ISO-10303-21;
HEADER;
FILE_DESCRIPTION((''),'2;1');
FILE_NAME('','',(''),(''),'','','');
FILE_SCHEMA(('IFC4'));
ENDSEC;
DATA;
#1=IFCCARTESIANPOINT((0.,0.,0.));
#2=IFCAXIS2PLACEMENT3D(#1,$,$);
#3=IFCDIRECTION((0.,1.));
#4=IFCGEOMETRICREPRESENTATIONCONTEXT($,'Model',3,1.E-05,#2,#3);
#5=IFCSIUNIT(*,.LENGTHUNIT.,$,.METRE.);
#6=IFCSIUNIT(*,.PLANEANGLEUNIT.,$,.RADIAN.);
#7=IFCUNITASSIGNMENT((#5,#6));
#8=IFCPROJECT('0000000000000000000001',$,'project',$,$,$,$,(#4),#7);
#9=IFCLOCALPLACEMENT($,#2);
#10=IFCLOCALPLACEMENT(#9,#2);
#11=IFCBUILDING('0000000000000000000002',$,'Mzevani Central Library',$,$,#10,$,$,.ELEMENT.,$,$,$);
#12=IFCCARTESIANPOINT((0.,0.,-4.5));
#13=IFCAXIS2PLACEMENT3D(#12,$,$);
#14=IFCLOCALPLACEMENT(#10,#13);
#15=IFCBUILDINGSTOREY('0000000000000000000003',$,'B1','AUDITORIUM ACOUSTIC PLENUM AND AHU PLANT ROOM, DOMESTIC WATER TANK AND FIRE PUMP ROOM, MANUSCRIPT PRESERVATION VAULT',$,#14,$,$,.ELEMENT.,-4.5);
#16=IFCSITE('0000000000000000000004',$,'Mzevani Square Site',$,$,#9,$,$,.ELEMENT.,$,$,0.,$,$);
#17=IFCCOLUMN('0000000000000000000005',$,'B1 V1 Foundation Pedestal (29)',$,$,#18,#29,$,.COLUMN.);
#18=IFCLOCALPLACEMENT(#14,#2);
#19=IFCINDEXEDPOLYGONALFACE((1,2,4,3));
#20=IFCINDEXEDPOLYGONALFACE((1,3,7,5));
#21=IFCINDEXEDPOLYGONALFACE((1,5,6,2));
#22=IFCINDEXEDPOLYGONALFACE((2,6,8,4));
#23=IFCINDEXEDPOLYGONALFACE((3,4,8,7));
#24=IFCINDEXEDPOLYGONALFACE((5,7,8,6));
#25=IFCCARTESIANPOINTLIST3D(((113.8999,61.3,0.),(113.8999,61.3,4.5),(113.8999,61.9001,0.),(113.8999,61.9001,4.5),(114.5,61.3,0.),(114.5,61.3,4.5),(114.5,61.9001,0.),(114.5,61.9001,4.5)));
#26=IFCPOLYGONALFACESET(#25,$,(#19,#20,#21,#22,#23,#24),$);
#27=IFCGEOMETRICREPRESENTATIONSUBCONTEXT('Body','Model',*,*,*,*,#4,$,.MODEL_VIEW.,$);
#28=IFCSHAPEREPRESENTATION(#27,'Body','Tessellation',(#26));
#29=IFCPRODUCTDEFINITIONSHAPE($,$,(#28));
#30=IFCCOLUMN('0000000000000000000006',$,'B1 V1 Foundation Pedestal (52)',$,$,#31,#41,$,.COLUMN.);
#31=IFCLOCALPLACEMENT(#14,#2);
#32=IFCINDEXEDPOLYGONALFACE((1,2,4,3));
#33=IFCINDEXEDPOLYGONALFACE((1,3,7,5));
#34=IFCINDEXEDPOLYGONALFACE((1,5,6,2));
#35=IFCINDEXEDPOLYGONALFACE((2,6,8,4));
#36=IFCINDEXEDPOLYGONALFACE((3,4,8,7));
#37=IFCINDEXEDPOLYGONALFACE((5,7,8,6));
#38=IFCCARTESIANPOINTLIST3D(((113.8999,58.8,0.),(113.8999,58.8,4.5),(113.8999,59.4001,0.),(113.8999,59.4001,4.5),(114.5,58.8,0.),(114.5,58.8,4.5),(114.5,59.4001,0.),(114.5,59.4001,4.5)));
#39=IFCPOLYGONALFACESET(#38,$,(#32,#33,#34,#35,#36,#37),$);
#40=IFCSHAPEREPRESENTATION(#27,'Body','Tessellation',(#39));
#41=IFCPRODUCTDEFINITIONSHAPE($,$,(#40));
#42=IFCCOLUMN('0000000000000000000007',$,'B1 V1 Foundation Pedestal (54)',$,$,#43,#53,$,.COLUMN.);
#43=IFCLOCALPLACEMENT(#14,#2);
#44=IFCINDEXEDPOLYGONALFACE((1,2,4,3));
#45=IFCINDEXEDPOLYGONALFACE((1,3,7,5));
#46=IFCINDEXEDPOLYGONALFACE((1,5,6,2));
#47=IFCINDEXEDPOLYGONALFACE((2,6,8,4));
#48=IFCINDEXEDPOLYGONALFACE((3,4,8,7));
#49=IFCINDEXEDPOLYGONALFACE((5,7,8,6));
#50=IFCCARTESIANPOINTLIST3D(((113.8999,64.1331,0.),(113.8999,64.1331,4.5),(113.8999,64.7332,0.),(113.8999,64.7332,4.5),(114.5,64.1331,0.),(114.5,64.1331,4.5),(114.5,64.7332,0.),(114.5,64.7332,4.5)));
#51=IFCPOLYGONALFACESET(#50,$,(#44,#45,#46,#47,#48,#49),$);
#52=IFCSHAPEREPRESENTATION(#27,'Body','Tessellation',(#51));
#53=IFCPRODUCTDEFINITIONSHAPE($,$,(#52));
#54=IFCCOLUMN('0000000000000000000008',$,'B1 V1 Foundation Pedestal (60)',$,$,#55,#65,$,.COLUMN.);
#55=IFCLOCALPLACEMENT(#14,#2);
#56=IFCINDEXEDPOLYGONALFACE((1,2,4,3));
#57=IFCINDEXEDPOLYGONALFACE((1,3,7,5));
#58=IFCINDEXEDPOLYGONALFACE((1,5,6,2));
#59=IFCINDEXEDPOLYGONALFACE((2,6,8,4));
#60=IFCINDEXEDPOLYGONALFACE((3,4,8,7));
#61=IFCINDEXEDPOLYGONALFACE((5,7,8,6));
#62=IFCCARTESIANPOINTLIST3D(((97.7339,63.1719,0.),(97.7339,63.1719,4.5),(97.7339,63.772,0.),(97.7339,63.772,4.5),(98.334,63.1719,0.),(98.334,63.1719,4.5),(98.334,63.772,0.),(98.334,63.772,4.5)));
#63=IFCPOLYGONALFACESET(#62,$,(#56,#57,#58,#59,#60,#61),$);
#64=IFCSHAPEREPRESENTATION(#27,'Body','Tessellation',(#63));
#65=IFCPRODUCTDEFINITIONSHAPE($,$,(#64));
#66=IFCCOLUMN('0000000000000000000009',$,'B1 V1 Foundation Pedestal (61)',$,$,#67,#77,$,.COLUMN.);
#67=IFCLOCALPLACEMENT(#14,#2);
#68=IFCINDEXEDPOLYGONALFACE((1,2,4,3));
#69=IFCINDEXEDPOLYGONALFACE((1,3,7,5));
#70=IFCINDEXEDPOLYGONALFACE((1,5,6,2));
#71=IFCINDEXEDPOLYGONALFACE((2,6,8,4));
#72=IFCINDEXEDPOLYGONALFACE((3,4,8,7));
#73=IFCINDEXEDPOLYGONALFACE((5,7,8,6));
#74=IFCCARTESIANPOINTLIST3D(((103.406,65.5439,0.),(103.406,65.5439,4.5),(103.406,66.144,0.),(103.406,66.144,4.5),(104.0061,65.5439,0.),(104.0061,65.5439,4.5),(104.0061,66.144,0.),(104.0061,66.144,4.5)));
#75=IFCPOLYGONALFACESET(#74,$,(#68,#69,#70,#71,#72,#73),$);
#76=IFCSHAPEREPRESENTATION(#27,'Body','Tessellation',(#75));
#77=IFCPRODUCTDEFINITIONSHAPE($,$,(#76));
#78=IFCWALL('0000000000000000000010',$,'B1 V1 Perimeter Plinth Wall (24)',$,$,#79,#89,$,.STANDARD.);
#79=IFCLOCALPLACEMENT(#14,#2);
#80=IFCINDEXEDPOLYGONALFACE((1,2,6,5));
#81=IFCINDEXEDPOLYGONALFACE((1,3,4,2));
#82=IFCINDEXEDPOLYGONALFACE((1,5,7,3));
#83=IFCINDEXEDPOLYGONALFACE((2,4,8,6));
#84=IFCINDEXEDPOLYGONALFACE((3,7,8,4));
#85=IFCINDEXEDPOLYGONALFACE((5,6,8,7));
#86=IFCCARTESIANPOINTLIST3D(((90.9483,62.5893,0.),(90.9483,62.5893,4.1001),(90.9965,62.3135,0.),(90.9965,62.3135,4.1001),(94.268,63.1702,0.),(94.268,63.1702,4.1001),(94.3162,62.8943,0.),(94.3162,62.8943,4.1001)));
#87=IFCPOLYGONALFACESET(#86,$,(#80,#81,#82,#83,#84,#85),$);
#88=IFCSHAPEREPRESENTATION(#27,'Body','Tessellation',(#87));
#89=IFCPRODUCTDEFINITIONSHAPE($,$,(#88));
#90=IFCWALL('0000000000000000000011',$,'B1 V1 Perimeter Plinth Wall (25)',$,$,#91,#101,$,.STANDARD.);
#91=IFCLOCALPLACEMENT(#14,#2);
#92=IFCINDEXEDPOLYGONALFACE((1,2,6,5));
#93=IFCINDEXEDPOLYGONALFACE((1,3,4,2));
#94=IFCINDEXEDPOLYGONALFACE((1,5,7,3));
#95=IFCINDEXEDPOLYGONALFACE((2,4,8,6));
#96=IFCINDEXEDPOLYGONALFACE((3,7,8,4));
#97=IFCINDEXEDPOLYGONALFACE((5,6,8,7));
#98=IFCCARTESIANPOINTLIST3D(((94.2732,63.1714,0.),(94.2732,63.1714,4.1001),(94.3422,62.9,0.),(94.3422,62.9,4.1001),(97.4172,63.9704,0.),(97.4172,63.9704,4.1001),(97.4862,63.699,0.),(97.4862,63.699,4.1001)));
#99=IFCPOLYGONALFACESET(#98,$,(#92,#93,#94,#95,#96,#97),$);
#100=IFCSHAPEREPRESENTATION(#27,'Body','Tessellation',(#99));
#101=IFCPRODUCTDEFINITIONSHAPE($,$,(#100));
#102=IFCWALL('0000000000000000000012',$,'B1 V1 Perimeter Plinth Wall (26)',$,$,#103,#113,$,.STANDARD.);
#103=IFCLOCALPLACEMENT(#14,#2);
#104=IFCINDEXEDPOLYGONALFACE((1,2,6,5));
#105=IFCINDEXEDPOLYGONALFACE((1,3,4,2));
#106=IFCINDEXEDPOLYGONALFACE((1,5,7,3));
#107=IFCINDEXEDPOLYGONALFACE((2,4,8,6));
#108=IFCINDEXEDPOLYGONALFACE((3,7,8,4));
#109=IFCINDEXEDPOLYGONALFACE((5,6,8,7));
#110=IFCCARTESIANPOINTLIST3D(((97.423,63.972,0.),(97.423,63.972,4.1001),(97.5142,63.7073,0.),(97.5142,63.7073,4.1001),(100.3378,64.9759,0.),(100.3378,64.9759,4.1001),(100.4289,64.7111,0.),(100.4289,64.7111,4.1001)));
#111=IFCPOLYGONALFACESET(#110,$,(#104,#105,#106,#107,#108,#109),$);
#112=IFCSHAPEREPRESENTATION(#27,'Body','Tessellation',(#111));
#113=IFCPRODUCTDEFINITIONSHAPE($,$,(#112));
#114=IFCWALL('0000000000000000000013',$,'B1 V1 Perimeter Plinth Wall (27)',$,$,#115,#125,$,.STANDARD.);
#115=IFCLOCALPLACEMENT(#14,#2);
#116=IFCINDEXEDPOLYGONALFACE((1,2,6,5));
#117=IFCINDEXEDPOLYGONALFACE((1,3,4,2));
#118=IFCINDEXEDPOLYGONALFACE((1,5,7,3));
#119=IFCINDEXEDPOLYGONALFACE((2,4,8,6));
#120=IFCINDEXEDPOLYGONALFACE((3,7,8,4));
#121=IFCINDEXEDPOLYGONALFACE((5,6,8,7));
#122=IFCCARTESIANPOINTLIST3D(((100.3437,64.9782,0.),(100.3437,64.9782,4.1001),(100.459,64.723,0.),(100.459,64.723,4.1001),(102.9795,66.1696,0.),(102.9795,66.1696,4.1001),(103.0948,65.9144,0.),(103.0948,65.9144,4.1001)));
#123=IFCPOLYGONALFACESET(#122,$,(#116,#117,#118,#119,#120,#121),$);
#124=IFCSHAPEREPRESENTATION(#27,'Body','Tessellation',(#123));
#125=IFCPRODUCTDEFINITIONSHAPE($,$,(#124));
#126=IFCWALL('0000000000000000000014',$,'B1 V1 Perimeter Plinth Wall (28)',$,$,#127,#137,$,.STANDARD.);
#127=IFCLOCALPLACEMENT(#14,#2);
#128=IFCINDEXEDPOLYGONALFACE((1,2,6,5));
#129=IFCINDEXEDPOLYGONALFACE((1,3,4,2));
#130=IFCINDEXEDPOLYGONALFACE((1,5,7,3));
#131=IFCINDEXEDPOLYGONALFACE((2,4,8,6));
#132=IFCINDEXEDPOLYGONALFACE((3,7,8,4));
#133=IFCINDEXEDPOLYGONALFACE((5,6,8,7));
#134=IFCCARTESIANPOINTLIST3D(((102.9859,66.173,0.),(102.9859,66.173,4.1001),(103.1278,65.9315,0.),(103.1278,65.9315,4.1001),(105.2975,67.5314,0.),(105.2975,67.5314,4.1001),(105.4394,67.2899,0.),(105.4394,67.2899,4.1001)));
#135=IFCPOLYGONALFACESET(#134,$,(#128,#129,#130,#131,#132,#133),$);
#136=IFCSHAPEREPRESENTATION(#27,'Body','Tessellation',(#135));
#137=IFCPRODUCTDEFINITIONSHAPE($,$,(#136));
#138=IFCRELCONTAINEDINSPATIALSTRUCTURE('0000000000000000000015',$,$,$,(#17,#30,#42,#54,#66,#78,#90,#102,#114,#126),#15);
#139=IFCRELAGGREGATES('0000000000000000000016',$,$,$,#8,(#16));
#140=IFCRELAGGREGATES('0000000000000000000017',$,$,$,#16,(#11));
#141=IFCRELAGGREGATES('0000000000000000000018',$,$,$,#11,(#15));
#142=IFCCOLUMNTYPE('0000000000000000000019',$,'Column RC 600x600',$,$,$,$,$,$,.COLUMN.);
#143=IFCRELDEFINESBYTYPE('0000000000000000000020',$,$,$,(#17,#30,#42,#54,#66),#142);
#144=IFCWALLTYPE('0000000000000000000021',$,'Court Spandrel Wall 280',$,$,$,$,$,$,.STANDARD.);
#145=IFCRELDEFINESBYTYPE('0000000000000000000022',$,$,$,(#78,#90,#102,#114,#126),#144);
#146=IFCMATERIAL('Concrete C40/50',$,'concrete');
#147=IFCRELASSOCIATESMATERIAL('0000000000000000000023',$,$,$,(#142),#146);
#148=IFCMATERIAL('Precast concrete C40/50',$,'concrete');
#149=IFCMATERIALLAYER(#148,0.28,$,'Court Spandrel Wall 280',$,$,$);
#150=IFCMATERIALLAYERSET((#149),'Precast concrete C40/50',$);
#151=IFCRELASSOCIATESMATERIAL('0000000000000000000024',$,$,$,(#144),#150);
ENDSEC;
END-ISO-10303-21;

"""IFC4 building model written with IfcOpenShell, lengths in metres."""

from ifc_helpers import new_model, si_unit, direction, frame, frame_2d, origin, origin_2d, place, context, subcontext, project, spatial, rectangle, extrude, material, layer, layer_set, material_profile, profile_set, type_object, element, save


model = new_model("IFC4")

# Units and contexts
model_context = context("Model", 3, precision=1e-05, world=origin(), true_north=direction((0.0, 1.0)))
body_context = subcontext(model_context, "Body", "Model", "MODEL_VIEW")
ifc_project = project(units=[si_unit("LENGTHUNIT", "METRE"), si_unit("PLANEANGLEUNIT", "RADIAN")], contexts=[model_context])

# Site, building, storey
site_placement = place(None, origin())
site = spatial("IfcSite", under=ifc_project, at=site_placement, Name="Mzevani Square Site", CompositionType="ELEMENT", RefElevation=0.0)
building_placement = place(site_placement, origin())
building = spatial("IfcBuilding", under=site, at=building_placement, Name="Mzevani Central Library", CompositionType="ELEMENT")
storey_placement = place(building_placement, frame((0.0, 0.0, -4.5)))
storey = spatial("IfcBuildingStorey", under=building, at=storey_placement, Name="B1", Description="AUDITORIUM ACOUSTIC PLENUM AND AHU PLANT ROOM, DOMESTIC WATER TANK AND FIRE PUMP ROOM, MANUSCRIPT PRESERVATION VAULT", CompositionType="ELEMENT", Elevation=-4.5)

# Shared definitions
ifc_material_1 = material(Name="Concrete C40/50", Category="concrete")

# Columns
ifc_material_profile_1 = material_profile(ifc_material_1, rectangle(XDim=0.6001, YDim=0.6001, at=origin_2d()), Name="RC 600x600")
ifc_profile_set_1 = profile_set([ifc_material_profile_1], Name="Concrete C40/50")
column_type = type_object("IfcColumnType", Name="Column RC 600x600", PredefinedType="COLUMN", material=ifc_profile_set_1)
for number, where, z_axis, x_axis, name in (
    (1, (114.2, 61.6001, 0.0), (0.0, 0.0, 1.0), (1.0, 0.0, 0.0), "B1 V1 Foundation Pedestal (29)"),
    (2, (114.2, 59.1001, 0.0), (0.0, 0.0, 1.0), (1.0, 0.0, 0.0), "B1 V1 Foundation Pedestal (52)"),
    (3, (114.2, 64.4331, 0.0), (0.0, 0.0, 1.0), (1.0, 0.0, 0.0), "B1 V1 Foundation Pedestal (54)"),
    (4, (98.0339, 63.4719, 0.0), (0.0, 0.0, 1.0), (1.0, 0.0, 0.0), "B1 V1 Foundation Pedestal (60)"),
    (5, (103.7061, 65.844, 0.0), (0.0, 0.0, 1.0), (1.0, 0.0, 0.0), "B1 V1 Foundation Pedestal (61)"),
):
    element("IfcColumn", number, at=place(storey_placement, frame(where, z_axis=z_axis, x_axis=x_axis)), inside=storey, type_object=column_type, Name=name, PredefinedType="COLUMN", context=body_context, shape_type="SweptSolid", body=[
        extrude(rectangle(XDim=0.6001, YDim=0.6001, at=origin_2d()), origin(), (0.0, 0.0, 1.0), 4.5),
    ])

# Walls
ifc_material_2 = material(Name="Precast concrete C40/50", Category="concrete")
ifc_layer = layer(ifc_material_2, 0.28, Name="Court Spandrel Wall 280")
ifc_layer_set = layer_set([ifc_layer], Name="Precast concrete C40/50")
wall_type = type_object("IfcWallType", Name="Court Spandrel Wall 280", PredefinedType="STANDARD", material=ifc_layer_set)
wall_1_placement = place(storey_placement, frame((90.9724, 62.4514, 0.0), z_axis=(0.0, 0.0, 1.0), x_axis=(0.985036, 0.172347, 0.0)))
element("IfcWall", 6, at=wall_1_placement, inside=storey, type_object=wall_type, Name="B1 V1 Perimeter Plinth Wall (24)", PredefinedType="STANDARD", context=body_context, shape_type="SweptSolid", body=[
    extrude(rectangle(XDim=3.3701, YDim=0.28, at=frame_2d((1.6851, 0.0))), origin(), (0.0, 0.0, 1.0), 4.1001),
])
wall_2_placement = place(storey_placement, frame((94.3076, 63.0356, 0.0), z_axis=(0.0, 0.0, 1.0), x_axis=(0.969188, 0.246323, 0.0)))
element("IfcWall", 7, at=wall_2_placement, inside=storey, type_object=wall_type, Name="B1 V1 Perimeter Plinth Wall (25)", PredefinedType="STANDARD", context=body_context, shape_type="SweptSolid", body=[
    extrude(rectangle(XDim=3.2439, YDim=0.28, at=frame_2d((1.6221, 0.0))), origin(), (0.0, 0.0, 1.0), 4.1001),
])
wall_3_placement = place(storey_placement, frame((97.4685, 63.8396, 0.0), z_axis=(0.0, 0.0, 1.0), x_axis=(0.945492, 0.325644, 0.0)))
element("IfcWall", 8, at=wall_3_placement, inside=storey, type_object=wall_type, Name="B1 V1 Perimeter Plinth Wall (26)", PredefinedType="STANDARD", context=body_context, shape_type="SweptSolid", body=[
    extrude(rectangle(XDim=3.0828, YDim=0.28, at=frame_2d((1.5415, 0.0))), origin(), (0.0, 0.0, 1.0), 4.1001),
])
wall_4_placement = place(storey_placement, frame((100.4014, 64.8506, 0.0), z_axis=(0.0, 0.0, 1.0), x_axis=(0.911232, 0.411894, 0.0)))
element("IfcWall", 9, at=wall_4_placement, inside=storey, type_object=wall_type, Name="B1 V1 Perimeter Plinth Wall (27)", PredefinedType="STANDARD", context=body_context, shape_type="SweptSolid", body=[
    extrude(rectangle(XDim=2.8926, YDim=0.28, at=frame_2d((1.4463, 0.0))), origin(), (0.0, 0.0, 1.0), 4.1001),
])
wall_5_placement = place(storey_placement, frame((103.0569, 66.0522, 0.0), z_axis=(0.0, 0.0, 1.0), x_axis=(0.862149, 0.506654, 0.0)))
element("IfcWall", 10, at=wall_5_placement, inside=storey, type_object=wall_type, Name="B1 V1 Perimeter Plinth Wall (28)", PredefinedType="STANDARD", context=body_context, shape_type="SweptSolid", body=[
    extrude(rectangle(XDim=2.6812, YDim=0.28, at=frame_2d((1.3406, 0.0))), origin(), (0.0, 0.0, 1.0), 4.1001),
])

save(model, "model.ifc")
